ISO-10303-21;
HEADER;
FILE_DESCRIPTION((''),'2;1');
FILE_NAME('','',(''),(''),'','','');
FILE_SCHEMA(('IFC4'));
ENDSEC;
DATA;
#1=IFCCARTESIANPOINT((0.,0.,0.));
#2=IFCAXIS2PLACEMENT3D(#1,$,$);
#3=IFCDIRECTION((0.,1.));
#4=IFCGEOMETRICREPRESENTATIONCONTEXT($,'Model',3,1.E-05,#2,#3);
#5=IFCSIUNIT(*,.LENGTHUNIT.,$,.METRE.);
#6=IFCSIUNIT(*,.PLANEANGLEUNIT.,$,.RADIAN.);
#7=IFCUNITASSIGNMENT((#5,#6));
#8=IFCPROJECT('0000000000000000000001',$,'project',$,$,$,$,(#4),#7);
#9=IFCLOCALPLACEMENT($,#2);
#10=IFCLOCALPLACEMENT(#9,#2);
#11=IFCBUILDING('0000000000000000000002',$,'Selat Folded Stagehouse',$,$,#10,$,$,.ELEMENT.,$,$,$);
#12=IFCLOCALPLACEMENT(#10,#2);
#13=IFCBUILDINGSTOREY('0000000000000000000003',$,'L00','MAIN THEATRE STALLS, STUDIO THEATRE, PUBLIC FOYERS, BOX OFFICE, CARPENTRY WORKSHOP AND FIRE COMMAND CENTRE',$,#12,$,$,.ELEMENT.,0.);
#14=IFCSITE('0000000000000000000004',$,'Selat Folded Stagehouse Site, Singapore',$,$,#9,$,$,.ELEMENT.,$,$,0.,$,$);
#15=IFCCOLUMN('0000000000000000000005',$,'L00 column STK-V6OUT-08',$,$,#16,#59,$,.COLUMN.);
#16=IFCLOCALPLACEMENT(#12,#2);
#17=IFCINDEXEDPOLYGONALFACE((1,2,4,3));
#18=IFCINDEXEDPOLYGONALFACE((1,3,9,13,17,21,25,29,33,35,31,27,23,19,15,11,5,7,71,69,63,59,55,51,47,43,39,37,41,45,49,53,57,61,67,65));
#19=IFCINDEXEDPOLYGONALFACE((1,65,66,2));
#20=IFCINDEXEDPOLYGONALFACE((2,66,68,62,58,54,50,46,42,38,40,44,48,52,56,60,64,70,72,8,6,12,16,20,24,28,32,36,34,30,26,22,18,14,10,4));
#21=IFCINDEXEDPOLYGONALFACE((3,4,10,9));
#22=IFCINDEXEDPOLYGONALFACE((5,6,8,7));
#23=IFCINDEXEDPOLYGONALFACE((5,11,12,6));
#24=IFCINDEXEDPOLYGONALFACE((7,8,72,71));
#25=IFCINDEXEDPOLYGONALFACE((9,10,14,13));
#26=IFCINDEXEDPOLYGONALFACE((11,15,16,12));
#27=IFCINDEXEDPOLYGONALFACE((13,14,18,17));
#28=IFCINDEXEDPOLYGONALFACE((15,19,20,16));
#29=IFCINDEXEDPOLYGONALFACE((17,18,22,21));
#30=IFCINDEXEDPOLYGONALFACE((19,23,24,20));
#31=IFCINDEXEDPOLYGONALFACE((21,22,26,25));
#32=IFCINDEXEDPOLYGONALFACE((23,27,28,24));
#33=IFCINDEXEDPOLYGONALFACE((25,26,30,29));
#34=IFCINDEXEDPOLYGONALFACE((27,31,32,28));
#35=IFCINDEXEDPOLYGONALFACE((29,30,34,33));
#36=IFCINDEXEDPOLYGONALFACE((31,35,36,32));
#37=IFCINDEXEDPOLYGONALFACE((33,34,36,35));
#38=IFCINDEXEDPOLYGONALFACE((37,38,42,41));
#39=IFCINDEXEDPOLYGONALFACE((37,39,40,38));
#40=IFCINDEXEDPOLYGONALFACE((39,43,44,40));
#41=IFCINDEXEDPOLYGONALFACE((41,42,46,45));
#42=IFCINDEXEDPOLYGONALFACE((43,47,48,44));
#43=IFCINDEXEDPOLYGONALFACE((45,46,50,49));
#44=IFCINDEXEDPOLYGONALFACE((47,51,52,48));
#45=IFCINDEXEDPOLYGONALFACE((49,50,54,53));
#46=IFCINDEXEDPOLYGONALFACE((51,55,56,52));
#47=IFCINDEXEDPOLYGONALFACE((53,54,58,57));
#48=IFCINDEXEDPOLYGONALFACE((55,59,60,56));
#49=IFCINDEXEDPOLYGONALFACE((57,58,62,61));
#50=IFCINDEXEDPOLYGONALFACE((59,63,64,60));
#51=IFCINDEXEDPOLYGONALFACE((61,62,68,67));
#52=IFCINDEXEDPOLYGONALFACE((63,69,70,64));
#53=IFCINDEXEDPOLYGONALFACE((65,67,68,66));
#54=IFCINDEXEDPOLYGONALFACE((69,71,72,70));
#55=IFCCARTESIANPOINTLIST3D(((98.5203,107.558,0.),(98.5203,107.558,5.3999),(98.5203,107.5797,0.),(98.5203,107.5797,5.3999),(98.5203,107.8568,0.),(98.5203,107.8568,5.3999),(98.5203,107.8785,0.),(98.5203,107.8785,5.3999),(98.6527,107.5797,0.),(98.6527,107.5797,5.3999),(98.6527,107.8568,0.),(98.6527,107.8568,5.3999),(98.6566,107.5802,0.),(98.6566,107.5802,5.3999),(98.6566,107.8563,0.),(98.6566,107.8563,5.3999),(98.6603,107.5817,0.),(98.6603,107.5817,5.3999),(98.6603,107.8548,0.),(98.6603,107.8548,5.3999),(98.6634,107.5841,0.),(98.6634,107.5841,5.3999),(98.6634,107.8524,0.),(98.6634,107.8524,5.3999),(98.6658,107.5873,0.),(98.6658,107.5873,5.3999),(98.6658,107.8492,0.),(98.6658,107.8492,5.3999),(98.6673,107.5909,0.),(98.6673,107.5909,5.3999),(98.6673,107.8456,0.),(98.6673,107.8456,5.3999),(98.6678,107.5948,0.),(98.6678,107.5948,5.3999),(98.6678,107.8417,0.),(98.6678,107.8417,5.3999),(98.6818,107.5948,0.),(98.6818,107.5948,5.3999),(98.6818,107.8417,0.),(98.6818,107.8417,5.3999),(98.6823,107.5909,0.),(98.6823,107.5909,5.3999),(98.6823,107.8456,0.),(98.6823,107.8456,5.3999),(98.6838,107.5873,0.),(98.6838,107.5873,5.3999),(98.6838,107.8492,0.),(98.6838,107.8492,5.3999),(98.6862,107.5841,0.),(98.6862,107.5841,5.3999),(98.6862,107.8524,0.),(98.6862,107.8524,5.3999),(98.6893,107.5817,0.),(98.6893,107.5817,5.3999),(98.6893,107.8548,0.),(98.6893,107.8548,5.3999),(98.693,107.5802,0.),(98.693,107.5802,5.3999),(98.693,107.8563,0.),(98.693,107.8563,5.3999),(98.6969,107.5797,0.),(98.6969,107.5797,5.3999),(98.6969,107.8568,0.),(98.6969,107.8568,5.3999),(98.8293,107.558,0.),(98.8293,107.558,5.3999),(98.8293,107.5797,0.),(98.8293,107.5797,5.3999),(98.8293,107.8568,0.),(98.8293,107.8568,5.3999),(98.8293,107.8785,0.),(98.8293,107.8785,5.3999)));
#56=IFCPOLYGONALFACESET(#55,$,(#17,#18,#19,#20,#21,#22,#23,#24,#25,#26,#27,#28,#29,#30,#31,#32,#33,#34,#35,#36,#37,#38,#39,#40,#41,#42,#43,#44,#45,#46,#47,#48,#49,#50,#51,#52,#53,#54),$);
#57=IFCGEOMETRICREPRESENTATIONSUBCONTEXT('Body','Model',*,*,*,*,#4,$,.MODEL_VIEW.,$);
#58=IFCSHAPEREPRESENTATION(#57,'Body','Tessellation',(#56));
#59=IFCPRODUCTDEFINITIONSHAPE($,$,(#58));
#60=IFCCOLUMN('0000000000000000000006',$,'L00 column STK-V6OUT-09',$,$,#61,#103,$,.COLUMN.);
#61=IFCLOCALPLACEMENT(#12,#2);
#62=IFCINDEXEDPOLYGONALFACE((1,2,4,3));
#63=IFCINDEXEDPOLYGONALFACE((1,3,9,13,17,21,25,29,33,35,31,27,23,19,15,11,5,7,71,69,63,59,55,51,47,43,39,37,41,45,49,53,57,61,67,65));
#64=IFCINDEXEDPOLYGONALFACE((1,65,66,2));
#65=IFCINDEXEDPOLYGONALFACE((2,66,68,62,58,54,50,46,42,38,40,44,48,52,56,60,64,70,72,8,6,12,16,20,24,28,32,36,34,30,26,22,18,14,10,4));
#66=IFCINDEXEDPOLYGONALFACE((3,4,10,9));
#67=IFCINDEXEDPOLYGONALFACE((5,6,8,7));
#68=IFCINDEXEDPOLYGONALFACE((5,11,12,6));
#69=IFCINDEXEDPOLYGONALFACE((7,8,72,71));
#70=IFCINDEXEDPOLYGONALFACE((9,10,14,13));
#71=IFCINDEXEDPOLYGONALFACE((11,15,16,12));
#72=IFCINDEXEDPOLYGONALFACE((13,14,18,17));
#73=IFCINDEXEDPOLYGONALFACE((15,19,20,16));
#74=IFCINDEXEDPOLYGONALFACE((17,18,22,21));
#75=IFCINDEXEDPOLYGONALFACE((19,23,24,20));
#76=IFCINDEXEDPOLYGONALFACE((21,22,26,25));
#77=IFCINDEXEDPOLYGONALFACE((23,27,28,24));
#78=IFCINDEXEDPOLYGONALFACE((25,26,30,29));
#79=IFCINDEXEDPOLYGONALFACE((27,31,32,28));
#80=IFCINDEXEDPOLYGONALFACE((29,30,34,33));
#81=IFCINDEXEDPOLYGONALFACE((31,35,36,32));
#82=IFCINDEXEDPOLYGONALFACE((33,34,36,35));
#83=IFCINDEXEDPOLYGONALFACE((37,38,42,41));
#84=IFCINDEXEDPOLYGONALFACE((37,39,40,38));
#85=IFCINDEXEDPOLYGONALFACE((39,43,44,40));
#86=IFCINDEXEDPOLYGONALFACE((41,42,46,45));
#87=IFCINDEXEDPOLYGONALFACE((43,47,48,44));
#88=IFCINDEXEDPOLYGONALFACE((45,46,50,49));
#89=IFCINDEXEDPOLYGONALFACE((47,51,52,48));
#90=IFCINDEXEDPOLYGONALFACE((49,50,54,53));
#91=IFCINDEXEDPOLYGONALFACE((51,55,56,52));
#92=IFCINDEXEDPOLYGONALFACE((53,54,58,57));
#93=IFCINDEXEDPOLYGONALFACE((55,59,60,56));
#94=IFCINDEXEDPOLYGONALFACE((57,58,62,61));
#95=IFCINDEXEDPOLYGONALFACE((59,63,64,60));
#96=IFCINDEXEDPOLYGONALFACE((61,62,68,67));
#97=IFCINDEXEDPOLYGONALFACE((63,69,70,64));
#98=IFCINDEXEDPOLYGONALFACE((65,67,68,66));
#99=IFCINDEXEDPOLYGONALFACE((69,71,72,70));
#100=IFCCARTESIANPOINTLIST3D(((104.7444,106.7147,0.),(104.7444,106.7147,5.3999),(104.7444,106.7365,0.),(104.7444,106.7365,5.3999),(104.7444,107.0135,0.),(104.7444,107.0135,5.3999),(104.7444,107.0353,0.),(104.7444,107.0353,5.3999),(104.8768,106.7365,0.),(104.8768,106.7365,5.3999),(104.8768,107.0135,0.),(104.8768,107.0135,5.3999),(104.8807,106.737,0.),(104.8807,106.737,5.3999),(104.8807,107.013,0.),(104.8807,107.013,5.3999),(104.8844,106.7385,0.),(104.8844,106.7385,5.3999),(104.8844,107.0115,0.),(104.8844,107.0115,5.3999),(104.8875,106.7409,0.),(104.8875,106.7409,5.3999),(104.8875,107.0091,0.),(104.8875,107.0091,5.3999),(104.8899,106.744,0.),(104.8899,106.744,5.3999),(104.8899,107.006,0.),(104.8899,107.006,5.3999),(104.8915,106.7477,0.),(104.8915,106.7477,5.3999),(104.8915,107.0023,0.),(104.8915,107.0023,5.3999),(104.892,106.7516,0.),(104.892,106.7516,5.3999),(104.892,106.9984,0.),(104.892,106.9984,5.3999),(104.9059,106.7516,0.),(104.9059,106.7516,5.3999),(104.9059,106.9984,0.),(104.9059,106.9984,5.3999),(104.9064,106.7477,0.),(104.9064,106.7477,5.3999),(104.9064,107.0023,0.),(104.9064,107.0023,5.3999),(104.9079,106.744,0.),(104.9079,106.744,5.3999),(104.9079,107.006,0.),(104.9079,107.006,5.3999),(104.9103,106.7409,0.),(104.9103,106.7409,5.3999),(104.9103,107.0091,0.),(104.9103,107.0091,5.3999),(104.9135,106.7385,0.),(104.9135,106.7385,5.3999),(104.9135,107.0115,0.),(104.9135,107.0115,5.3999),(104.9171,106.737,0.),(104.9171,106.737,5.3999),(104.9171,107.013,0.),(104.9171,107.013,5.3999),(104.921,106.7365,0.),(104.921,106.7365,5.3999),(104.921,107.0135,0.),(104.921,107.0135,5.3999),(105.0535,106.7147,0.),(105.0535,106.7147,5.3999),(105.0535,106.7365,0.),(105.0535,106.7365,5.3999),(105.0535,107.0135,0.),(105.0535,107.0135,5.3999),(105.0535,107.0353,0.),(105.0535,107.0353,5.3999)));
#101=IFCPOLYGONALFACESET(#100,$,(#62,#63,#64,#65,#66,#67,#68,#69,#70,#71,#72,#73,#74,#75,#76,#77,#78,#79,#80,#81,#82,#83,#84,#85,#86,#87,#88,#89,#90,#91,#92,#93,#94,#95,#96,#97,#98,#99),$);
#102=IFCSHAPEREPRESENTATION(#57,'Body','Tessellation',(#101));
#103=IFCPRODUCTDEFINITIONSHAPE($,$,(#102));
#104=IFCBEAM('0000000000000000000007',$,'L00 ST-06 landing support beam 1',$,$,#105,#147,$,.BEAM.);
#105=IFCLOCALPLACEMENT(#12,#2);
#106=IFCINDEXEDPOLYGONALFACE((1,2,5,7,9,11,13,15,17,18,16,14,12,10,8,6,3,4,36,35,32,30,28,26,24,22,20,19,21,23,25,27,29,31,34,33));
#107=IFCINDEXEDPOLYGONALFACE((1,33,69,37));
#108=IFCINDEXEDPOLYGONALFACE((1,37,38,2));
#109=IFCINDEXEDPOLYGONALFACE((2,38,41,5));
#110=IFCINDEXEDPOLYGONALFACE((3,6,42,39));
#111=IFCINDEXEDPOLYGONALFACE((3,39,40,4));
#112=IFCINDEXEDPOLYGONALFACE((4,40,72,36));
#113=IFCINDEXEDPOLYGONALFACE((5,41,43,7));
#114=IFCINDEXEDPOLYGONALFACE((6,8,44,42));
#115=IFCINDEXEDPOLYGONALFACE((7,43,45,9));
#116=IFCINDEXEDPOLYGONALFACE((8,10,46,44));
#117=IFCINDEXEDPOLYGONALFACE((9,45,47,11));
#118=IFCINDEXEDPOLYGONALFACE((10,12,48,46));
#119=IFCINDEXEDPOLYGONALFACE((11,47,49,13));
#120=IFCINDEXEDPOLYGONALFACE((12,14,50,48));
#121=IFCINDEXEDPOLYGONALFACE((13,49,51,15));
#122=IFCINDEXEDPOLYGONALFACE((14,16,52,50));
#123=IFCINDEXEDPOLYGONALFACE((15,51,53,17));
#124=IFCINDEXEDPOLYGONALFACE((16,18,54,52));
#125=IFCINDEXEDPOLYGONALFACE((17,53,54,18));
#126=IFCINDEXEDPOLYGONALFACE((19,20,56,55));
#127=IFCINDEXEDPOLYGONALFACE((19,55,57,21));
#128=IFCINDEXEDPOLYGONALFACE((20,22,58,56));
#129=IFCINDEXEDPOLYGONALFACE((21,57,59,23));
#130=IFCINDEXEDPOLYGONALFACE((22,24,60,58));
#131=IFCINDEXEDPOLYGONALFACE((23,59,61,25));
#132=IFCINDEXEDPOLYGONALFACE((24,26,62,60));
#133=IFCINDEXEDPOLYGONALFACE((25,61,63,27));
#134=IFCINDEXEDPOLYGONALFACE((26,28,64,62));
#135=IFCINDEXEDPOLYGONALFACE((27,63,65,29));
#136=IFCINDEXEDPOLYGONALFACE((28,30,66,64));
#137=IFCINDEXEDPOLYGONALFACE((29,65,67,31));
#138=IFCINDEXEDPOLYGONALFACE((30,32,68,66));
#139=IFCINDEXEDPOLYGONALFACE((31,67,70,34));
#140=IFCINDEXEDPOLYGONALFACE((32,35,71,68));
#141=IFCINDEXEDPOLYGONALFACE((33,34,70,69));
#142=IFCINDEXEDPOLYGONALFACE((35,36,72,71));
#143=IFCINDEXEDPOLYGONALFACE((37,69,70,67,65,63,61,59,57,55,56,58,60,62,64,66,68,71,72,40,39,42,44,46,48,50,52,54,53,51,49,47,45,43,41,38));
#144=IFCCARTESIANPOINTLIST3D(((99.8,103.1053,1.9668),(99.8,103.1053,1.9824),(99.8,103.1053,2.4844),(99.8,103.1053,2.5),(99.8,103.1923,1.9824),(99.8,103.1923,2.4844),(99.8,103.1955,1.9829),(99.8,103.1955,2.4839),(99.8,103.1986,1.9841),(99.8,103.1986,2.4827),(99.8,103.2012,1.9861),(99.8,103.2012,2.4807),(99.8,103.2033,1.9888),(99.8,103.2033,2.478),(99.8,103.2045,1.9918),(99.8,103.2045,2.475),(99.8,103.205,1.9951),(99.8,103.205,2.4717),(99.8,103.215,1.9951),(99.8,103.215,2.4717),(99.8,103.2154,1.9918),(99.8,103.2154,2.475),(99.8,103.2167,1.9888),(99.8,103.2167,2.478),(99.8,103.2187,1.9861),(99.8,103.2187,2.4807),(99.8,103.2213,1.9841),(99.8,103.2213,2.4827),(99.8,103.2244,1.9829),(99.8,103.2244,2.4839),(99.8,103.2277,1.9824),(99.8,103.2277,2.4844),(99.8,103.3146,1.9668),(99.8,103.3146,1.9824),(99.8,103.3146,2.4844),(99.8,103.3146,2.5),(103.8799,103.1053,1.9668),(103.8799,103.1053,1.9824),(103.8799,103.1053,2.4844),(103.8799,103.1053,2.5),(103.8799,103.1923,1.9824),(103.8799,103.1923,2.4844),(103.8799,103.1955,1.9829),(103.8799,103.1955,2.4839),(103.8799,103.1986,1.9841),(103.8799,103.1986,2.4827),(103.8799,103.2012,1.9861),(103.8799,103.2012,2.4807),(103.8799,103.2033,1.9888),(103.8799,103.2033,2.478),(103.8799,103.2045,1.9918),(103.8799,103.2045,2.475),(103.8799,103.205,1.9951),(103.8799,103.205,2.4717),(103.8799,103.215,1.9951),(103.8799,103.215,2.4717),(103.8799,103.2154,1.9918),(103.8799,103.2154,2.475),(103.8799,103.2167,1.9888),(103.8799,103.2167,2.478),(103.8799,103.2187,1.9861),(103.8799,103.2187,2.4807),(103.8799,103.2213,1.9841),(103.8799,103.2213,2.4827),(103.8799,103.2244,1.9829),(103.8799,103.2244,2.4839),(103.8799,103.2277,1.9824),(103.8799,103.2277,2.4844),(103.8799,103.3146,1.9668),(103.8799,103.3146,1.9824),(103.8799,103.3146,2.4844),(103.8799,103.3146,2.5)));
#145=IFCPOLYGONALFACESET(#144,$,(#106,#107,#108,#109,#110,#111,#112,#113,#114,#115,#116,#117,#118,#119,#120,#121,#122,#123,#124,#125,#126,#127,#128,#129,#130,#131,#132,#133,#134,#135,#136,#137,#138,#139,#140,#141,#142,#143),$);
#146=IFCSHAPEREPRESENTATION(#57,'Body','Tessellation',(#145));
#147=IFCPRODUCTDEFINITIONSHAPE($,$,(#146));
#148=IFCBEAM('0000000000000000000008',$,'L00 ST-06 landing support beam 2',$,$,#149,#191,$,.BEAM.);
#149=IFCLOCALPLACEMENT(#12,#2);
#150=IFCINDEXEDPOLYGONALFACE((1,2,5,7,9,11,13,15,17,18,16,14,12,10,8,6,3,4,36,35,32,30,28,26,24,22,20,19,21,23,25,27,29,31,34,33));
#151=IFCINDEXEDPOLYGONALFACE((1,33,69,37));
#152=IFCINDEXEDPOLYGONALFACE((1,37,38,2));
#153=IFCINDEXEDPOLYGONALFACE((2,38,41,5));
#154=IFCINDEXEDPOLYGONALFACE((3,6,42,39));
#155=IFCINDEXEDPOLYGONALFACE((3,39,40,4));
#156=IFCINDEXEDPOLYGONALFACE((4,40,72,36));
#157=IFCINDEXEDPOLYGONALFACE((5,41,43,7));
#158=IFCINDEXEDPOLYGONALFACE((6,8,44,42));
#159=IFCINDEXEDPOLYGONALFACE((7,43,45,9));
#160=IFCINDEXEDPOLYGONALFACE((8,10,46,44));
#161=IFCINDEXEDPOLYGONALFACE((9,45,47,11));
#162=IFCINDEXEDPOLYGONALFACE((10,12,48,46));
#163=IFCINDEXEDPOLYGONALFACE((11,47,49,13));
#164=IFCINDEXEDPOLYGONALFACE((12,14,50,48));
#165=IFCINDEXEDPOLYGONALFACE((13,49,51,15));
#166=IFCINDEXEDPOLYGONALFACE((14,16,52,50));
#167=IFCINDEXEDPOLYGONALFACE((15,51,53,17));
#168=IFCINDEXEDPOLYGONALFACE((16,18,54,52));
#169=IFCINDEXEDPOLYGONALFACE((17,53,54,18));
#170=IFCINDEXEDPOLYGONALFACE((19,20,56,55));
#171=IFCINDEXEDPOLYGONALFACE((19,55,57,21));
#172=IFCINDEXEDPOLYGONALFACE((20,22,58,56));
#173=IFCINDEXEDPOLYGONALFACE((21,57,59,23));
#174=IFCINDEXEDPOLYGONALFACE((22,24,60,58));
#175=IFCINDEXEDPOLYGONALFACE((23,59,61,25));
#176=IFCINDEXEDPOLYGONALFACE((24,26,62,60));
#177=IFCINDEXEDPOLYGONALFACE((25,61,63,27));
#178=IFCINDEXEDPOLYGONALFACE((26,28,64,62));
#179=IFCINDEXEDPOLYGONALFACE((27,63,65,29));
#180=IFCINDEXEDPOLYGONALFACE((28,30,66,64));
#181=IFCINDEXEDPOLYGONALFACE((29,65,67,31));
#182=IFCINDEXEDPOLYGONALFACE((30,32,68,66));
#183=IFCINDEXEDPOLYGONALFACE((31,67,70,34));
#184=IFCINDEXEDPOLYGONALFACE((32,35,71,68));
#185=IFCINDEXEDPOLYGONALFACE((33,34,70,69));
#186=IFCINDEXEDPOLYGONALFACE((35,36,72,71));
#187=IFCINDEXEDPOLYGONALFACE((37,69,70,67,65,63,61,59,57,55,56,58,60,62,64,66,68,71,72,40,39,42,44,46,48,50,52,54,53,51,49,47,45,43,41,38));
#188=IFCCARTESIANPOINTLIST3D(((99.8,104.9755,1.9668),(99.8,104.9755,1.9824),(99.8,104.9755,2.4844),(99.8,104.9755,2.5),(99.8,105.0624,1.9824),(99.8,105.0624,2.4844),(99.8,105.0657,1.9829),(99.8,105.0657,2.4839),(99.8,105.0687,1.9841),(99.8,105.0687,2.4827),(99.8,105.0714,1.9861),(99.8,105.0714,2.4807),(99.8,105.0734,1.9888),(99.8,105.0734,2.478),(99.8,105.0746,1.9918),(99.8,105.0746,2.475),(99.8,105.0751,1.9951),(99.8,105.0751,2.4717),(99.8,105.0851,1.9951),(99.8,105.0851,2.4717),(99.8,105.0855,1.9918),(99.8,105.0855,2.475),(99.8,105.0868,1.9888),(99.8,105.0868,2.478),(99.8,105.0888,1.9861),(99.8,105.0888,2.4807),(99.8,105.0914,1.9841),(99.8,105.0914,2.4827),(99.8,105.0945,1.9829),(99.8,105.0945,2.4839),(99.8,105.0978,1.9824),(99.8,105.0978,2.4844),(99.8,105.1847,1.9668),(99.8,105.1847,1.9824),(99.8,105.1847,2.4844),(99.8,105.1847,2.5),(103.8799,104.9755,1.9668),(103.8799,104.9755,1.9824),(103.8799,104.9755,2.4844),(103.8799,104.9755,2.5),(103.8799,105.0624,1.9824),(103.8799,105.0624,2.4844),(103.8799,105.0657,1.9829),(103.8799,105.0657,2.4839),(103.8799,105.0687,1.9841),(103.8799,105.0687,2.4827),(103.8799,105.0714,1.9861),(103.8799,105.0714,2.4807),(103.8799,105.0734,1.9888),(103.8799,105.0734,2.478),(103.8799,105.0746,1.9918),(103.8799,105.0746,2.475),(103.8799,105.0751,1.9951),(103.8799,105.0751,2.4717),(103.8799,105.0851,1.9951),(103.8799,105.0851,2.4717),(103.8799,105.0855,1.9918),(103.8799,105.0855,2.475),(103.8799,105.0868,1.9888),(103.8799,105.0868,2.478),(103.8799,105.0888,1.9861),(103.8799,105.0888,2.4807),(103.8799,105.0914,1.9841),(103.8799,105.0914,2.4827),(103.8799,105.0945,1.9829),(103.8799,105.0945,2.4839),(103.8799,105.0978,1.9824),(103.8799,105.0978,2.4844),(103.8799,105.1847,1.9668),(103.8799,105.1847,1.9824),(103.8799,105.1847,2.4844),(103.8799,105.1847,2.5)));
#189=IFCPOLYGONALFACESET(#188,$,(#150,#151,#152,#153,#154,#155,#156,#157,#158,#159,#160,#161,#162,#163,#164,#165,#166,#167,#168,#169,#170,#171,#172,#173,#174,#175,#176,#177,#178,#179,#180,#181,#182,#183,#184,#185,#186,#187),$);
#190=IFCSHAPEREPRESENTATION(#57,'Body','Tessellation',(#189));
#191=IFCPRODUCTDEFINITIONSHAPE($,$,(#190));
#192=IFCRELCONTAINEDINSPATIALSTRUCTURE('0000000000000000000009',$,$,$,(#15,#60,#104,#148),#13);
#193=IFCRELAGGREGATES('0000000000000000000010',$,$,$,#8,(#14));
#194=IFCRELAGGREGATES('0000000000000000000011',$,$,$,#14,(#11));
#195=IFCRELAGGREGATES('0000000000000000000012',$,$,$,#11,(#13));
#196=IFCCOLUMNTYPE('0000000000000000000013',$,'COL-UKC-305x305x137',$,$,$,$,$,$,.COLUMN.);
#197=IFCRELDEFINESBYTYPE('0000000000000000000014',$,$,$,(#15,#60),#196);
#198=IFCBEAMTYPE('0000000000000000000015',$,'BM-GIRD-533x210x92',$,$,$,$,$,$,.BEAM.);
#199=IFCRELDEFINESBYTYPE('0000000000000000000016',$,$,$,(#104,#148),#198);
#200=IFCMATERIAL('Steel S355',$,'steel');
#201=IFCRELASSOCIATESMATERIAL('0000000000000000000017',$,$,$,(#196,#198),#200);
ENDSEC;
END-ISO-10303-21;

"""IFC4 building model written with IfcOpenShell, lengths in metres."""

from ifc_helpers import new_model, si_unit, direction, frame, origin, origin_2d, place, context, subcontext, project, spatial, i_section, extrude, material, material_profile, profile_set, type_object, element, save


model = new_model("IFC4")

# Units and contexts
model_context = context("Model", 3, precision=1e-05, world=origin(), true_north=direction((0.0, 1.0)))
body_context = subcontext(model_context, "Body", "Model", "MODEL_VIEW")
ifc_project = project(units=[si_unit("LENGTHUNIT", "METRE"), si_unit("PLANEANGLEUNIT", "RADIAN")], contexts=[model_context])

# Site, building, storey
site_placement = place(None, origin())
site = spatial("IfcSite", under=ifc_project, at=site_placement, Name="Selat Folded Stagehouse Site, Singapore", CompositionType="ELEMENT", RefElevation=0.0)
building_placement = place(site_placement, origin())
building = spatial("IfcBuilding", under=site, at=building_placement, Name="Selat Folded Stagehouse", CompositionType="ELEMENT")
storey_placement = place(building_placement, origin())
storey = spatial("IfcBuildingStorey", under=building, at=storey_placement, Name="L00", Description="MAIN THEATRE STALLS, STUDIO THEATRE, PUBLIC FOYERS, BOX OFFICE, CARPENTRY WORKSHOP AND FIRE COMMAND CENTRE", CompositionType="ELEMENT", Elevation=0.0)

# Columns
ifc_material_1 = material(Name="Steel S355", Category="steel")
ifc_material_profile_1 = material_profile(ifc_material_1, i_section(OverallWidth=0.3091, OverallDepth=0.3206, WebThickness=0.0139, FlangeThickness=0.0217, FilletRadius=0.0151, at=origin_2d()), Name="UKC 305x305x137")
ifc_profile_set_1 = profile_set([ifc_material_profile_1], Name="Steel S355")
column_type = type_object("IfcColumnType", Name="COL-UKC-305x305x137", PredefinedType="COLUMN", material=ifc_profile_set_1)
for number, where, z_axis, x_axis, name in (
    (1, (98.6748, 107.7183, 0.0), (0.0, 0.0, 1.0), (1.0, 0.0, 0.0), "L00 column STK-V6OUT-08"),
    (2, (104.8989, 106.875, 0.0), (0.0, 0.0, 1.0), (1.0, 0.0, 0.0), "L00 column STK-V6OUT-09"),
):
    element("IfcColumn", number, at=place(storey_placement, frame(where, z_axis=z_axis, x_axis=x_axis)), inside=storey, type_object=column_type, Name=name, PredefinedType="COLUMN", context=body_context, shape_type="SweptSolid", body=[
        extrude(i_section(OverallWidth=0.3091, OverallDepth=0.3206, WebThickness=0.0139, FlangeThickness=0.0217, FilletRadius=0.0151, at=origin_2d()), origin(), (0.0, 0.0, 1.0), 5.3999),
    ])

# Beams
ifc_material_profile_2 = material_profile(ifc_material_1, i_section(OverallWidth=0.2092, OverallDepth=0.5332, WebThickness=0.01, FlangeThickness=0.0156, FilletRadius=0.0127, at=origin_2d()), Name="UKB 533x210x92")
ifc_profile_set_2 = profile_set([ifc_material_profile_2], Name="Steel S355")
beam_type_1 = type_object("IfcBeamType", Name="BM-GIRD-533x210x92", PredefinedType="BEAM", material=ifc_profile_set_2)
for number, where, z_axis, x_axis, name in (
    (3, (99.8, 103.21, 2.2334), (1.0, 0.0, 0.0), (0.0, 1.0, 0.0), "L00 ST-06 landing support beam 1"),
    (4, (99.8, 105.0801, 2.2334), (1.0, 0.0, 0.0), (0.0, 1.0, 0.0), "L00 ST-06 landing support beam 2"),
):
    element("IfcBeam", number, at=place(storey_placement, frame(where, z_axis=z_axis, x_axis=x_axis)), inside=storey, type_object=beam_type_1, Name=name, PredefinedType="BEAM", context=body_context, shape_type="SweptSolid", body=[
        extrude(i_section(OverallWidth=0.2092, OverallDepth=0.5332, WebThickness=0.01, FlangeThickness=0.0156, FilletRadius=0.0127, at=origin_2d()), origin(), (0.0, 0.0, 1.0), 4.0798),
    ])

save(model, "model.ifc")
